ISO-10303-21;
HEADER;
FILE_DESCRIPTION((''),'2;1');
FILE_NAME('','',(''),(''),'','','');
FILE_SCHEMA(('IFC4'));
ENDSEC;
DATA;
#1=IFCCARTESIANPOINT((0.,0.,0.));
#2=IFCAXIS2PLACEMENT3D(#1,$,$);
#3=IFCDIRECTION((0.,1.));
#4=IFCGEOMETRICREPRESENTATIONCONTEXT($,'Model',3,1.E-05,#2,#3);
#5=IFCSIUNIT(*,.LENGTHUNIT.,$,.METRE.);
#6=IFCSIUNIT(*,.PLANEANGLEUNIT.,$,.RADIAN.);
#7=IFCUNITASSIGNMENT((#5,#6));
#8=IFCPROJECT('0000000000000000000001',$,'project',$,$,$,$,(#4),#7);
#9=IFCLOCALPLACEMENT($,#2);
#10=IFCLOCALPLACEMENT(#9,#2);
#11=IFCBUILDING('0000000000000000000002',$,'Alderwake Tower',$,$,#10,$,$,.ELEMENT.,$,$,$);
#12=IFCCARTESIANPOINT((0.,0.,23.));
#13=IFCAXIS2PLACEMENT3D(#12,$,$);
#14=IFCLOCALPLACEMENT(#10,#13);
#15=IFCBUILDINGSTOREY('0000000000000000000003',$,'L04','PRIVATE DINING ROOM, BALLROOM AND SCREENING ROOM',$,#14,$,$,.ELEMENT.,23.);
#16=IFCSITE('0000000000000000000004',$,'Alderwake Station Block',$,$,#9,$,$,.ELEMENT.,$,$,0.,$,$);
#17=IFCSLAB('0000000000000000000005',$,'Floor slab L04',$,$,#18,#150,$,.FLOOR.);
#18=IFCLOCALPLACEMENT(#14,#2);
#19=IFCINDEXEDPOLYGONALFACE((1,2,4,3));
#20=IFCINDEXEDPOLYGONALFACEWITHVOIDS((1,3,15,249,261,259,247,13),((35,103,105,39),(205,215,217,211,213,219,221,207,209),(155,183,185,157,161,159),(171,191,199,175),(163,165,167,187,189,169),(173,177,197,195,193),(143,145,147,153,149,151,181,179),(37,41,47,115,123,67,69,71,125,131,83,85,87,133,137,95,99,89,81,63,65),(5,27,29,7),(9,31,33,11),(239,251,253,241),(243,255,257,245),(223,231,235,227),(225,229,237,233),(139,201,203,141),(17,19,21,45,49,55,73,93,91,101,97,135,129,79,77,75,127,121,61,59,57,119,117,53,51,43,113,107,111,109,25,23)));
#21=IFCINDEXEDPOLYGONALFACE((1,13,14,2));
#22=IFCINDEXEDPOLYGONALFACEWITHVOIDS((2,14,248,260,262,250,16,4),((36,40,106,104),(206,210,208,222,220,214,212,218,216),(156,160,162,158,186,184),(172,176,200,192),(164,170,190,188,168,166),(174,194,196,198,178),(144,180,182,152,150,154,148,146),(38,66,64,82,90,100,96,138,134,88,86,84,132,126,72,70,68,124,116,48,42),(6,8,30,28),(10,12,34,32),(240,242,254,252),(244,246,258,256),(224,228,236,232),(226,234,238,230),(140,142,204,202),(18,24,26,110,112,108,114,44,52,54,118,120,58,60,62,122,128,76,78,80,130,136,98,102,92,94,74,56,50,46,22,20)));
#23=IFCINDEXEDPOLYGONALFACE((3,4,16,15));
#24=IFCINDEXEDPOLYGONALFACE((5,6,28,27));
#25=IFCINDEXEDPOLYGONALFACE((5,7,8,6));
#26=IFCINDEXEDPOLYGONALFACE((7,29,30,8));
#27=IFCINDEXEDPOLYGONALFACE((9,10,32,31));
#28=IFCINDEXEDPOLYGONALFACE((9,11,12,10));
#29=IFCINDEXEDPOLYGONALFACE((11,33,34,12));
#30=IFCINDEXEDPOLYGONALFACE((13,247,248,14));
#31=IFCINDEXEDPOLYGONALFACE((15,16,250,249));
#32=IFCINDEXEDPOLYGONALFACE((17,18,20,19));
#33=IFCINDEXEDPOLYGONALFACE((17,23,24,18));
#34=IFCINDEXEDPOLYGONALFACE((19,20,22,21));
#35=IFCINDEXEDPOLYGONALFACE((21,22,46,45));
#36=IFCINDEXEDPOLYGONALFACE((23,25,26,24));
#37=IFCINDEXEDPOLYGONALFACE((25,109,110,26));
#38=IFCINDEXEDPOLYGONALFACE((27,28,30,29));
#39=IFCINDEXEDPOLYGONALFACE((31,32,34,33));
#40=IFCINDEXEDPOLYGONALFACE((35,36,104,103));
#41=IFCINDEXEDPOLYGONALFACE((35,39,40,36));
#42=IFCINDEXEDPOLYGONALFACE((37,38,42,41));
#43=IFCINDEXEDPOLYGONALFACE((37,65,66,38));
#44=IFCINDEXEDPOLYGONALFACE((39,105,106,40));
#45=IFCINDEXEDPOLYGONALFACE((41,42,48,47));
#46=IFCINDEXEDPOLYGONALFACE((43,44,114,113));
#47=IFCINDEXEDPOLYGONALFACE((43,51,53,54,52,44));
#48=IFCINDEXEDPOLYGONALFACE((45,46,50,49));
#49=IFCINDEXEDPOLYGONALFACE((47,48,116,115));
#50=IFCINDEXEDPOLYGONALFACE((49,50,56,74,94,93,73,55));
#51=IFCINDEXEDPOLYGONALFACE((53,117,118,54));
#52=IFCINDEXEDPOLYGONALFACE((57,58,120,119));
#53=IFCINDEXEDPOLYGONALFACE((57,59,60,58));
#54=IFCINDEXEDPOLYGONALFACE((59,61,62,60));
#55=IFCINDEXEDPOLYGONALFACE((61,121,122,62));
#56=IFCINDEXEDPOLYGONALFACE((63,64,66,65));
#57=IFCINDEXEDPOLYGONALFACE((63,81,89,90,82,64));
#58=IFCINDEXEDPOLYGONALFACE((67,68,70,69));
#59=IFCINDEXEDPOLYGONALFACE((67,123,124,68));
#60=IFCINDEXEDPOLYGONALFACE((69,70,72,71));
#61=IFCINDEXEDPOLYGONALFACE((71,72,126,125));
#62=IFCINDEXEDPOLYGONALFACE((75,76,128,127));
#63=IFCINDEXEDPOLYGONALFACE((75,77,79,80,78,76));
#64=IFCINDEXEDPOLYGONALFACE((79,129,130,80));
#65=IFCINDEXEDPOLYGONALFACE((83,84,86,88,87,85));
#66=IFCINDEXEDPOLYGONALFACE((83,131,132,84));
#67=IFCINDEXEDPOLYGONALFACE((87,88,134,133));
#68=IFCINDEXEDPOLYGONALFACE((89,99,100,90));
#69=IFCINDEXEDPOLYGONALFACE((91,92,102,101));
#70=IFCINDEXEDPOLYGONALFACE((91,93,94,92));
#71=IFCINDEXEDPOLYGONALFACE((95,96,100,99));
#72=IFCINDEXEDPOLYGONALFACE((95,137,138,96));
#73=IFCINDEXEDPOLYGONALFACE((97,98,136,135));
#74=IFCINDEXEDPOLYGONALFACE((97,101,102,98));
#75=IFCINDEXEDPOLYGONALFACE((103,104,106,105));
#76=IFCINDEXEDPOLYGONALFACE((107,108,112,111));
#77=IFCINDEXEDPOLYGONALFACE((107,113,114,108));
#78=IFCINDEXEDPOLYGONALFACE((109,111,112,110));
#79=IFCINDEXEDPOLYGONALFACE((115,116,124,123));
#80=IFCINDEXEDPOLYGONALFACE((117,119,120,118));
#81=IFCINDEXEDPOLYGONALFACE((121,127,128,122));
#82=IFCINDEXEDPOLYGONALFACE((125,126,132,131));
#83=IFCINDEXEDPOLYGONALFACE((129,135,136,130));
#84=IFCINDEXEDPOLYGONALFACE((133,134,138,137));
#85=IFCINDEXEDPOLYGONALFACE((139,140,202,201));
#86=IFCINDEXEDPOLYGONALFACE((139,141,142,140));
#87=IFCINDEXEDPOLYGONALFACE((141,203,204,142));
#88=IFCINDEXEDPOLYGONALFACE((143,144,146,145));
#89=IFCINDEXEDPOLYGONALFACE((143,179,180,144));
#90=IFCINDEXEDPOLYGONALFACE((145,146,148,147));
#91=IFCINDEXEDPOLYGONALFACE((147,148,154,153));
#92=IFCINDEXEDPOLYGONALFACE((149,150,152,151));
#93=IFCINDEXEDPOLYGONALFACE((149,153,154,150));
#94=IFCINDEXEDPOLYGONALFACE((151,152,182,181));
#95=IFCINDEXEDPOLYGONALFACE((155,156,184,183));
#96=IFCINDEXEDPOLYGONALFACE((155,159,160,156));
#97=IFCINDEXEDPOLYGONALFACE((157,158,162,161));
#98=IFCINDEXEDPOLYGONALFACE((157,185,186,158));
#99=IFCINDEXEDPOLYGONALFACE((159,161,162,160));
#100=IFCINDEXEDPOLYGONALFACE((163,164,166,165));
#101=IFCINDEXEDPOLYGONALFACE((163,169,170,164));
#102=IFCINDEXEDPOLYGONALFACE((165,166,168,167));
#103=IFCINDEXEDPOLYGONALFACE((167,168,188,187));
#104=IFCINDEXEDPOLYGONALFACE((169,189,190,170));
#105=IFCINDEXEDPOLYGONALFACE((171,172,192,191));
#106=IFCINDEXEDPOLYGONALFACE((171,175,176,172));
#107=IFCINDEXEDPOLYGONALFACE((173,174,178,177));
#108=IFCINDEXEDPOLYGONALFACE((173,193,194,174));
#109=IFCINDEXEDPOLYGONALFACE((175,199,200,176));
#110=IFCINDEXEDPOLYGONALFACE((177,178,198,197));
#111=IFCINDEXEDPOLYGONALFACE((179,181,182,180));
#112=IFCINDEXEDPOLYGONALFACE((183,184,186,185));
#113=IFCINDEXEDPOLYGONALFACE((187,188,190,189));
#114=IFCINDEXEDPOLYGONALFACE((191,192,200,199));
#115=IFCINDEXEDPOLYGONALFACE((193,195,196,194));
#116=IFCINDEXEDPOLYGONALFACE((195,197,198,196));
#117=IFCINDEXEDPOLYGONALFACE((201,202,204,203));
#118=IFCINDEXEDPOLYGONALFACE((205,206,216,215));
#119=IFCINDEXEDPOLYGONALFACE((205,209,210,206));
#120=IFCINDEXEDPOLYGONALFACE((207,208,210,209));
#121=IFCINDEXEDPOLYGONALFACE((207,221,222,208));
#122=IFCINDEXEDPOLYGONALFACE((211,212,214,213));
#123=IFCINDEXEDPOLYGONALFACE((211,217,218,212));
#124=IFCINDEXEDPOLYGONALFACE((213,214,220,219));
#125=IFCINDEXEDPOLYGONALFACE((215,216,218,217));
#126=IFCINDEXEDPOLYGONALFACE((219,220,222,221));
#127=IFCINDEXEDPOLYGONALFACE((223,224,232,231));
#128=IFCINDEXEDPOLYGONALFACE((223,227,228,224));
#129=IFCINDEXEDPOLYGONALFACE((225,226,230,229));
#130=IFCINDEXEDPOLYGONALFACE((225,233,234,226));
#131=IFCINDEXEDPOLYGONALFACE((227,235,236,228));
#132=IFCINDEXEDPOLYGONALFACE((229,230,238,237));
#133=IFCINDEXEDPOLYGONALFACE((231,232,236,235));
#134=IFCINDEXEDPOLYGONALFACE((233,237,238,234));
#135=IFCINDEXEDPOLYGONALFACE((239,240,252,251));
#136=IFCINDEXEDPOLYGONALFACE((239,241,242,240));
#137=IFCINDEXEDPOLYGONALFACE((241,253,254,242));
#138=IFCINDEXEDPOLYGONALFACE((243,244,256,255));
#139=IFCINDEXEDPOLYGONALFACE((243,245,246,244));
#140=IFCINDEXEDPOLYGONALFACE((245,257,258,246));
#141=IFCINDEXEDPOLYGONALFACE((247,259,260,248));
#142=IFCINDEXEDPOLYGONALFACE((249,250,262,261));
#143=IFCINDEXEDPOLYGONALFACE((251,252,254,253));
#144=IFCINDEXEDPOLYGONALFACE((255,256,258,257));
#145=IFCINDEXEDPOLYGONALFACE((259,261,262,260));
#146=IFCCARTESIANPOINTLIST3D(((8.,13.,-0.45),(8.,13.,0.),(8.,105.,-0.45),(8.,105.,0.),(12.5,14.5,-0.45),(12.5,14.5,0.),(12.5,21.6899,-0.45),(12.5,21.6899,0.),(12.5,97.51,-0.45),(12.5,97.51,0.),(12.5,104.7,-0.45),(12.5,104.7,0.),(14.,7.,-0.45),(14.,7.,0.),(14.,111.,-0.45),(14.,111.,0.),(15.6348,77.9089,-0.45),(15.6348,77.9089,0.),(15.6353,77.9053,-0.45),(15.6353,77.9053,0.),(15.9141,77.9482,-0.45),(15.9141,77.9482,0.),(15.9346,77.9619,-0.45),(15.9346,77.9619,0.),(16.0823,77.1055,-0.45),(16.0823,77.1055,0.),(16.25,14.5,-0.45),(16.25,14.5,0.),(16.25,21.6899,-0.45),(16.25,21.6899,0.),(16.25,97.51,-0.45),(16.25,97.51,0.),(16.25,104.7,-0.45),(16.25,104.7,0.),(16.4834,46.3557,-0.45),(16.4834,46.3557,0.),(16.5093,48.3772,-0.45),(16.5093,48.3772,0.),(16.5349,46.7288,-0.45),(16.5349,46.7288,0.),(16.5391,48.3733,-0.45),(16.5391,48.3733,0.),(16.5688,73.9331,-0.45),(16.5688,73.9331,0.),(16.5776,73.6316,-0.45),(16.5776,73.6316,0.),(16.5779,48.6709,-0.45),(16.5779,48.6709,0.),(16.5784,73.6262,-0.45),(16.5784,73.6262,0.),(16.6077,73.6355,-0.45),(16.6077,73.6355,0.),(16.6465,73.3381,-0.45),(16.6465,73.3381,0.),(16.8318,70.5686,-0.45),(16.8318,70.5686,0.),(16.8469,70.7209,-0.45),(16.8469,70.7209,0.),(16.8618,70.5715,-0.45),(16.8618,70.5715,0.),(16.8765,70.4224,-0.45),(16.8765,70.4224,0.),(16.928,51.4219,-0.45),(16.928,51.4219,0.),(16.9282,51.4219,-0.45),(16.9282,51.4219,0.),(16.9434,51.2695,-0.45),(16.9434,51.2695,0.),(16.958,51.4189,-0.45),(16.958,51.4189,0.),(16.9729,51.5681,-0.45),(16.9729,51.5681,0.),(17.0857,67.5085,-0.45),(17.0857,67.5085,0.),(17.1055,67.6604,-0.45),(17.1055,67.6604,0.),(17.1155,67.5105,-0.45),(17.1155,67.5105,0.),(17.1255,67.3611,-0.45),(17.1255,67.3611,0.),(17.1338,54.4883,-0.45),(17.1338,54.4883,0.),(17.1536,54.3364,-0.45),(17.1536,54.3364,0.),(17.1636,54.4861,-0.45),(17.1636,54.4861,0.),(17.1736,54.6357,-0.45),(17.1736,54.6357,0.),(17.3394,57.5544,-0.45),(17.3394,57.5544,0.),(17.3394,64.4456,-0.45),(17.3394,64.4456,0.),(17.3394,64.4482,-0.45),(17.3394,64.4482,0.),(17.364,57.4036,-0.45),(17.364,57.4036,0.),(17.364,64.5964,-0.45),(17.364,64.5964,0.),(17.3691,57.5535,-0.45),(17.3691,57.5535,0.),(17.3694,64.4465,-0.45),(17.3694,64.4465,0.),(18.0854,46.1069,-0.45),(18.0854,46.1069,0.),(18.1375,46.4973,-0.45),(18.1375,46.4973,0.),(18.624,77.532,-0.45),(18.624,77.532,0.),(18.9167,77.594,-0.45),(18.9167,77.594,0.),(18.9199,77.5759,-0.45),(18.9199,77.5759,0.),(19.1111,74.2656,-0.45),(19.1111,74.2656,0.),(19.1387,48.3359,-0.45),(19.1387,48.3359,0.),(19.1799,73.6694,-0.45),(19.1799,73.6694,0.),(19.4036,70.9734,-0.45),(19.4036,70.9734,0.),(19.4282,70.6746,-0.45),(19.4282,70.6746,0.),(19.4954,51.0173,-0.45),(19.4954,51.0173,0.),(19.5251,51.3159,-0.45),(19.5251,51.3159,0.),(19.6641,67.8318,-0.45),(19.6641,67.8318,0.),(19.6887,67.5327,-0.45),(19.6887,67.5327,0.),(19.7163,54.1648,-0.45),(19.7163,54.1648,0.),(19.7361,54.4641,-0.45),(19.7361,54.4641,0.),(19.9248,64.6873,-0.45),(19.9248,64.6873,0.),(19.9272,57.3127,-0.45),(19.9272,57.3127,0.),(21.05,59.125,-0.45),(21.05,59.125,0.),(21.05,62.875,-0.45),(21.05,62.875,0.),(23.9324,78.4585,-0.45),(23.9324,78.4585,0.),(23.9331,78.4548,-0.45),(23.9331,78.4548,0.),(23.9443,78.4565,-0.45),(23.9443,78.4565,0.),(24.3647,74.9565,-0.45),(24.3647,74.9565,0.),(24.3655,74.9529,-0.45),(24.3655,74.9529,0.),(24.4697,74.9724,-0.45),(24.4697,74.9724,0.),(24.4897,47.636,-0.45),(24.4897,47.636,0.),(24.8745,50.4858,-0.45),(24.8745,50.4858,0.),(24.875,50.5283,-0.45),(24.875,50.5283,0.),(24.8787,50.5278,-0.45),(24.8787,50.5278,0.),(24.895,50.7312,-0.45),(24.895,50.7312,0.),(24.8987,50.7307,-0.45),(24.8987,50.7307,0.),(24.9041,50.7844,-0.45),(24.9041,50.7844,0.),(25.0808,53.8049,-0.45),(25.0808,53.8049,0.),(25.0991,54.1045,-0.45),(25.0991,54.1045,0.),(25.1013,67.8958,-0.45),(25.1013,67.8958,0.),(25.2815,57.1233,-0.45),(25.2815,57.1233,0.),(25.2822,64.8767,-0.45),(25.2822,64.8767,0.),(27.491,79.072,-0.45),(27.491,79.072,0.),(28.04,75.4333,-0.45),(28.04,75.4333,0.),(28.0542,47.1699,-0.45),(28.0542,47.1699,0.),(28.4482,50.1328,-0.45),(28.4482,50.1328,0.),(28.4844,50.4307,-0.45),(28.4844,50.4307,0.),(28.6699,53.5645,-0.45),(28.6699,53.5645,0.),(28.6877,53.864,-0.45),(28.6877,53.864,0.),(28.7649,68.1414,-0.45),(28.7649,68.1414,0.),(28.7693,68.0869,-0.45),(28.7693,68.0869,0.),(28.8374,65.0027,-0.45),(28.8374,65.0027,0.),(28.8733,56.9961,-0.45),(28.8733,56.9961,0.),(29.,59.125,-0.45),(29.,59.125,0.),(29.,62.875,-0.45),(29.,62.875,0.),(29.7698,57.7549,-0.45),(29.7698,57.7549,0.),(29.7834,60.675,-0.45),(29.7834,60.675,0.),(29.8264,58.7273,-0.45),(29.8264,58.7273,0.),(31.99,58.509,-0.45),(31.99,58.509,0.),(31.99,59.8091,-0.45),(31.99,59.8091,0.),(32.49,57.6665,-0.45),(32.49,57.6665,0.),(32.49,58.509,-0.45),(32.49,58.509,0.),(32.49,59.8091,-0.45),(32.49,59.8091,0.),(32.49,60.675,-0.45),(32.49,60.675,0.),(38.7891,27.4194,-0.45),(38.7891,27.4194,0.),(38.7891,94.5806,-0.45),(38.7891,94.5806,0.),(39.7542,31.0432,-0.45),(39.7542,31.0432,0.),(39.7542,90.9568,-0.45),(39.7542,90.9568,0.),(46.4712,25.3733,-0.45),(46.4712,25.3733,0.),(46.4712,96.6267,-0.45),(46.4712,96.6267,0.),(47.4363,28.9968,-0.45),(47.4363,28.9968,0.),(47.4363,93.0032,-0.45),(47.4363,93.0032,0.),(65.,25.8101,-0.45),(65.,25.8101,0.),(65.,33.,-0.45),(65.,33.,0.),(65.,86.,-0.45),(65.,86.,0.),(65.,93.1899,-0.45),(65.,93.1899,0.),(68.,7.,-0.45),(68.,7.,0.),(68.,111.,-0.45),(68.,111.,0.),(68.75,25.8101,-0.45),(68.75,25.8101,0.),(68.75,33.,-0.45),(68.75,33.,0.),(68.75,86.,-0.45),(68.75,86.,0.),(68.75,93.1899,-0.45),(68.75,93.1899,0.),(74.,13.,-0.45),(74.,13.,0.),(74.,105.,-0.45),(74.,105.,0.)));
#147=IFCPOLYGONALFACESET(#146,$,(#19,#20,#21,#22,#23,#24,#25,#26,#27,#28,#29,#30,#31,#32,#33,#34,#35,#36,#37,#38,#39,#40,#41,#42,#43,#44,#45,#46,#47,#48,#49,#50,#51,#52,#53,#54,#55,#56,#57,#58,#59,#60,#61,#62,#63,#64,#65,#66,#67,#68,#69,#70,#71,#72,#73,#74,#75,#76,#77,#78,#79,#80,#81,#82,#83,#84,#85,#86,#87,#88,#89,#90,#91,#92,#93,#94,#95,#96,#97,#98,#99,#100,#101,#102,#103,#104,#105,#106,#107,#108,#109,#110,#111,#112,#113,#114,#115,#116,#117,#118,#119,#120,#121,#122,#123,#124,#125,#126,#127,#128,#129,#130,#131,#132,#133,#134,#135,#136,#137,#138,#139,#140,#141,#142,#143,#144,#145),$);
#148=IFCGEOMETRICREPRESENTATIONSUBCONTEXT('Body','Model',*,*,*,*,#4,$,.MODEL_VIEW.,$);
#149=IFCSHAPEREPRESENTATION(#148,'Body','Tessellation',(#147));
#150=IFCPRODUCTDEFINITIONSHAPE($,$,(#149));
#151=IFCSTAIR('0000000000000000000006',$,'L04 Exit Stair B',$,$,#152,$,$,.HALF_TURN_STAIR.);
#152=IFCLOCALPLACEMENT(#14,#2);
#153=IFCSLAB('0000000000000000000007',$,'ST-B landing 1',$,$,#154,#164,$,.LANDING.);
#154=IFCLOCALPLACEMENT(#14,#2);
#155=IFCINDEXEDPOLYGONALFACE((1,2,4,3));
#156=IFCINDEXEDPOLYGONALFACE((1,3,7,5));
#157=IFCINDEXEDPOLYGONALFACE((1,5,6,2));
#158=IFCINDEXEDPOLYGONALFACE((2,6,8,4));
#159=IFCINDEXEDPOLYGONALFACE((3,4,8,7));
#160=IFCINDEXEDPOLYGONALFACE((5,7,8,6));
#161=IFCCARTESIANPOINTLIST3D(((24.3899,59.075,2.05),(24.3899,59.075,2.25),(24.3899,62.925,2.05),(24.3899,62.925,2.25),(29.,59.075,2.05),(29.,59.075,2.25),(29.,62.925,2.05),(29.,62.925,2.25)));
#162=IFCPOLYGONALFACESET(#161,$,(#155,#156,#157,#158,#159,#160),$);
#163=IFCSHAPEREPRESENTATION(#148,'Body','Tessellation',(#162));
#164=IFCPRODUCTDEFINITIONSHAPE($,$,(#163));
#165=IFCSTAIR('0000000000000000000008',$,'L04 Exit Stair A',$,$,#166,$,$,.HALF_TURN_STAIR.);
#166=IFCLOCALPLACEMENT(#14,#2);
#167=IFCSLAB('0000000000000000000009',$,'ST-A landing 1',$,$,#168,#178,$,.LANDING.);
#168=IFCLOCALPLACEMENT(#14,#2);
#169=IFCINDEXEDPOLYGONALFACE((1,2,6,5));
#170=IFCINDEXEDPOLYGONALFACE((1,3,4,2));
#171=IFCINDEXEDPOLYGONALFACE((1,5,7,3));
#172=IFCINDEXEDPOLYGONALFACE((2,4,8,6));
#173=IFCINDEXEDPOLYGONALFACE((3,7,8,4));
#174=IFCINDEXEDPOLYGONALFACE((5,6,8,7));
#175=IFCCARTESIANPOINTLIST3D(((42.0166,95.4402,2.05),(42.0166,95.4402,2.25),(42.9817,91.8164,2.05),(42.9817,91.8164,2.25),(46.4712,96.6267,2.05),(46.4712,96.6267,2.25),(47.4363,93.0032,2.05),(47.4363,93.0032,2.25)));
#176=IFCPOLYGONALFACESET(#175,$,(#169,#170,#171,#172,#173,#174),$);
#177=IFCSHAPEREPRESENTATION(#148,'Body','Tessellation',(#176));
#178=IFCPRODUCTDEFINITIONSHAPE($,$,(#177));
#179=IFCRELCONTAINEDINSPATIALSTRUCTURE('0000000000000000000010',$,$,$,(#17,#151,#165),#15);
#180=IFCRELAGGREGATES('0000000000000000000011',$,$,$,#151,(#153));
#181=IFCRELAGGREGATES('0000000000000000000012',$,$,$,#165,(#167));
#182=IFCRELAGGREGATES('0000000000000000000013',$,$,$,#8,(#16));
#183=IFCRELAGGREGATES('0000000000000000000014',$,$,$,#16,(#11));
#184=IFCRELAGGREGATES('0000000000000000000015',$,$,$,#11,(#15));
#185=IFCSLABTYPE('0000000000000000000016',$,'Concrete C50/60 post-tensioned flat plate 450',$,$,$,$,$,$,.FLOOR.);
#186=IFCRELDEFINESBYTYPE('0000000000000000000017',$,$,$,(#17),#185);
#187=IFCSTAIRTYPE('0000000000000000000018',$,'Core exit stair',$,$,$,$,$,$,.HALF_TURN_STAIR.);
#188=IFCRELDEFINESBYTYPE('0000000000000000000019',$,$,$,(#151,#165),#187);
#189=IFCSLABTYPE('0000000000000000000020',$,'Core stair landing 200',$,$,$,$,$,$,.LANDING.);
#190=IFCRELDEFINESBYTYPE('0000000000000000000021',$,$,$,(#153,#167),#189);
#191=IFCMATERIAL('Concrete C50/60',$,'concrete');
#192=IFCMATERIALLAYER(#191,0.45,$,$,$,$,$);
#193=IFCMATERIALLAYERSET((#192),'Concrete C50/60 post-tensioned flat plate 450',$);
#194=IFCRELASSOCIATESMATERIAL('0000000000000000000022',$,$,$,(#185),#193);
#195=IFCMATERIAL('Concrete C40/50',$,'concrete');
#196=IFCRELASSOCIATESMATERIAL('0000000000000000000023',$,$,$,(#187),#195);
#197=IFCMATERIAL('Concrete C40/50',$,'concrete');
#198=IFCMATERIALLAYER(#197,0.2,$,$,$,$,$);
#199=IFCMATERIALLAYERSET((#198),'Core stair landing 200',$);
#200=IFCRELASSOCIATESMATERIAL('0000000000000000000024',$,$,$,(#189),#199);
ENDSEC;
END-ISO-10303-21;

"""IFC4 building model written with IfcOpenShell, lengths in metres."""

from ifc_helpers import new_model, si_unit, direction, frame, origin, place, context, subcontext, project, spatial, polyline, outline, extrude, material, layer, layer_set, type_object, element, aggregate, save


model = new_model("IFC4")

# Units and contexts
model_context = context("Model", 3, precision=1e-05, world=origin(), true_north=direction((0.0, 1.0)))
body_context = subcontext(model_context, "Body", "Model", "MODEL_VIEW")
ifc_project = project(units=[si_unit("LENGTHUNIT", "METRE"), si_unit("PLANEANGLEUNIT", "RADIAN")], contexts=[model_context])

# Site, building, storey
site_placement = place(None, origin())
site = spatial("IfcSite", under=ifc_project, at=site_placement, Name="Alderwake Station Block", CompositionType="ELEMENT", RefElevation=0.0)
building_placement = place(site_placement, origin())
building = spatial("IfcBuilding", under=site, at=building_placement, Name="Alderwake Tower", CompositionType="ELEMENT")
storey_placement = place(building_placement, frame((0.0, 0.0, 23.0)))
storey = spatial("IfcBuildingStorey", under=building, at=storey_placement, Name="L04", Description="PRIVATE DINING ROOM, BALLROOM AND SCREENING ROOM", CompositionType="ELEMENT", Elevation=23.0)

# Slab
ifc_material_1 = material(Name="Concrete C50/60", Category="concrete")
ifc_layer_1 = layer(ifc_material_1, 0.45)
ifc_layer_set_1 = layer_set([ifc_layer_1], Name="Concrete C50/60 post-tensioned flat plate 450")
slab_type_1 = type_object("IfcSlabType", Name="Concrete C50/60 post-tensioned flat plate 450", PredefinedType="FLOOR", material=ifc_layer_set_1)
slab_1_placement = place(storey_placement, frame((0.0, 0.0, -0.45)))
element("IfcSlab", 1, at=slab_1_placement, inside=storey, type_object=slab_type_1, Name="Floor slab L04", PredefinedType="FLOOR", context=body_context, shape_type="SweptSolid", body=[
    extrude(outline(polyline([(8.0, 105.0), (14.0, 111.0), (68.0, 111.0), (74.0, 105.0), (74.0, 13.0), (68.0, 7.0), (14.0, 7.0), (8.0, 13.0), (8.0, 105.0)]), holes=[polyline([(16.25, 14.5), (16.25, 21.6899), (12.5, 21.6899), (12.5, 14.5), (16.25, 14.5)]), polyline([(16.9434, 51.2695), (16.958, 51.4189), (16.9729, 51.5681), (19.5251, 51.3159), (19.7163, 54.1648), (17.1536, 54.3364), (17.1636, 54.4861), (17.1736, 54.6357), (19.7361, 54.4641), (19.9272, 57.3127), (17.364, 57.4036), (17.3691, 57.5535), (17.3394, 57.5544), (17.1338, 54.4883), (16.928, 51.4219), (16.9282, 51.4219), (16.5093, 48.3772), (16.5391, 48.3733), (16.5779, 48.6709), (19.1387, 48.3359), (19.4954, 51.0173), (16.9434, 51.2695)]), polyline([(29.0, 62.875), (21.05, 62.875), (21.05, 59.125), (29.0, 59.125), (29.0, 62.875)]), polyline([(19.6887, 67.5327), (17.1255, 67.3611), (17.1155, 67.5105), (17.1055, 67.6604), (19.6641, 67.8318), (19.4282, 70.6746), (16.8765, 70.4224), (16.8618, 70.5715), (16.8469, 70.7209), (19.4036, 70.9734), (19.1799, 73.6694), (16.6465, 73.3381), (16.6077, 73.6355), (16.5688, 73.9331), (19.1111, 74.2656), (18.624, 77.532), (18.9199, 77.5759), (18.9167, 77.594), (16.0823, 77.1055), (15.9346, 77.9619), (15.6348, 77.9089), (15.6353, 77.9053), (15.9141, 77.9482), (16.5776, 73.6316), (16.5784, 73.6262), (16.8318, 70.5686), (17.0857, 67.5085), (17.3394, 64.4482), (17.3394, 64.4456), (17.3694, 64.4465), (17.364, 64.5964), (19.9248, 64.6873), (19.6887, 67.5327)]), polyline([(12.5, 104.7), (12.5, 97.51), (16.25, 97.51), (16.25, 104.7), (12.5, 104.7)]), polyline([(47.4363, 28.9968), (39.7542, 31.0432), (38.7891, 27.4194), (46.4712, 25.3733), (47.4363, 28.9968)]), polyline([(65.0, 33.0), (65.0, 25.8101), (68.75, 25.8101), (68.75, 33.0), (65.0, 33.0)]), polyline([(28.4482, 50.1328), (24.8745, 50.4858), (24.8787, 50.5278), (24.875, 50.5283), (24.4897, 47.636), (28.0542, 47.1699), (28.4482, 50.1328)]), polyline([(28.6699, 53.5645), (25.0808, 53.8049), (24.895, 50.7312), (24.8987, 50.7307), (24.9041, 50.7844), (28.4844, 50.4307), (28.6699, 53.5645)]), polyline([(28.8733, 56.9961), (25.2815, 57.1233), (25.0991, 54.1045), (28.6877, 53.864), (28.8733, 56.9961)]), polyline([(28.7693, 68.0869), (28.7649, 68.1414), (25.1013, 67.8958), (25.2822, 64.8767), (28.8374, 65.0027), (28.7693, 68.0869)]), polyline([(27.491, 79.072), (23.9324, 78.4585), (23.9331, 78.4548), (23.9443, 78.4565), (24.4697, 74.9724), (24.3647, 74.9565), (24.3655, 74.9529), (28.04, 75.4333), (27.491, 79.072)]), polyline([(65.0, 86.0), (68.75, 86.0), (68.75, 93.1899), (65.0, 93.1899), (65.0, 86.0)]), polyline([(47.4363, 93.0032), (46.4712, 96.6267), (38.7891, 94.5806), (39.7542, 90.9568), (47.4363, 93.0032)]), polyline([(18.1375, 46.4973), (16.5349, 46.7288), (16.4834, 46.3557), (18.0854, 46.1069), (18.1375, 46.4973)]), polyline([(29.7698, 57.7549), (32.49, 57.6665), (32.49, 58.509), (31.99, 58.509), (31.99, 59.8091), (32.49, 59.8091), (32.49, 60.675), (29.7834, 60.675), (29.8264, 58.7273), (29.7698, 57.7549)])]), origin(), (0.0, 0.0, 1.0), 0.45),
])

# Stairs, slabs
ifc_material_2 = material(Name="Concrete C40/50", Category="concrete")
stair_type_1 = type_object("IfcStairType", Name="Core exit stair", PredefinedType="HALF_TURN_STAIR", material=ifc_material_2)
stair_1_placement = place(storey_placement, origin())
stair_1 = element("IfcStair", 2, at=stair_1_placement, inside=storey, type_object=stair_type_1, Name="L04 Exit Stair B", PredefinedType="HALF_TURN_STAIR")
ifc_material_3 = material(Name="Concrete C40/50", Category="concrete")
ifc_layer_2 = layer(ifc_material_3, 0.2)
ifc_layer_set_2 = layer_set([ifc_layer_2], Name="Core stair landing 200")
slab_type_2 = type_object("IfcSlabType", Name="Core stair landing 200", PredefinedType="LANDING", material=ifc_layer_set_2)
slab_2_placement = place(storey_placement, frame((0.0, 0.0, 2.05)))
slab_2 = element("IfcSlab", 3, at=slab_2_placement, type_object=slab_type_2, Name="ST-B landing 1", PredefinedType="LANDING", context=body_context, shape_type="SweptSolid", body=[
    extrude(outline(polyline([(24.3899, 59.075), (29.0, 59.075), (29.0, 62.925), (24.3899, 62.925), (24.3899, 59.075)])), origin(), (0.0, 0.0, 1.0), 0.2),
])
aggregate(stair_1, [slab_2])
stair_2_placement = place(storey_placement, origin())
stair_2 = element("IfcStair", 4, at=stair_2_placement, inside=storey, type_object=stair_type_1, Name="L04 Exit Stair A", PredefinedType="HALF_TURN_STAIR")
slab_3_placement = place(storey_placement, frame((0.0, 0.0, 2.05)))
slab_3 = element("IfcSlab", 5, at=slab_3_placement, type_object=slab_type_2, Name="ST-A landing 1", PredefinedType="LANDING", context=body_context, shape_type="SweptSolid", body=[
    extrude(outline(polyline([(42.9817, 91.8164), (47.4363, 93.0032), (46.4712, 96.6267), (42.0166, 95.4402), (42.9817, 91.8164)])), origin(), (0.0, 0.0, 1.0), 0.2),
])
aggregate(stair_2, [slab_3])

save(model, "model.ifc")
